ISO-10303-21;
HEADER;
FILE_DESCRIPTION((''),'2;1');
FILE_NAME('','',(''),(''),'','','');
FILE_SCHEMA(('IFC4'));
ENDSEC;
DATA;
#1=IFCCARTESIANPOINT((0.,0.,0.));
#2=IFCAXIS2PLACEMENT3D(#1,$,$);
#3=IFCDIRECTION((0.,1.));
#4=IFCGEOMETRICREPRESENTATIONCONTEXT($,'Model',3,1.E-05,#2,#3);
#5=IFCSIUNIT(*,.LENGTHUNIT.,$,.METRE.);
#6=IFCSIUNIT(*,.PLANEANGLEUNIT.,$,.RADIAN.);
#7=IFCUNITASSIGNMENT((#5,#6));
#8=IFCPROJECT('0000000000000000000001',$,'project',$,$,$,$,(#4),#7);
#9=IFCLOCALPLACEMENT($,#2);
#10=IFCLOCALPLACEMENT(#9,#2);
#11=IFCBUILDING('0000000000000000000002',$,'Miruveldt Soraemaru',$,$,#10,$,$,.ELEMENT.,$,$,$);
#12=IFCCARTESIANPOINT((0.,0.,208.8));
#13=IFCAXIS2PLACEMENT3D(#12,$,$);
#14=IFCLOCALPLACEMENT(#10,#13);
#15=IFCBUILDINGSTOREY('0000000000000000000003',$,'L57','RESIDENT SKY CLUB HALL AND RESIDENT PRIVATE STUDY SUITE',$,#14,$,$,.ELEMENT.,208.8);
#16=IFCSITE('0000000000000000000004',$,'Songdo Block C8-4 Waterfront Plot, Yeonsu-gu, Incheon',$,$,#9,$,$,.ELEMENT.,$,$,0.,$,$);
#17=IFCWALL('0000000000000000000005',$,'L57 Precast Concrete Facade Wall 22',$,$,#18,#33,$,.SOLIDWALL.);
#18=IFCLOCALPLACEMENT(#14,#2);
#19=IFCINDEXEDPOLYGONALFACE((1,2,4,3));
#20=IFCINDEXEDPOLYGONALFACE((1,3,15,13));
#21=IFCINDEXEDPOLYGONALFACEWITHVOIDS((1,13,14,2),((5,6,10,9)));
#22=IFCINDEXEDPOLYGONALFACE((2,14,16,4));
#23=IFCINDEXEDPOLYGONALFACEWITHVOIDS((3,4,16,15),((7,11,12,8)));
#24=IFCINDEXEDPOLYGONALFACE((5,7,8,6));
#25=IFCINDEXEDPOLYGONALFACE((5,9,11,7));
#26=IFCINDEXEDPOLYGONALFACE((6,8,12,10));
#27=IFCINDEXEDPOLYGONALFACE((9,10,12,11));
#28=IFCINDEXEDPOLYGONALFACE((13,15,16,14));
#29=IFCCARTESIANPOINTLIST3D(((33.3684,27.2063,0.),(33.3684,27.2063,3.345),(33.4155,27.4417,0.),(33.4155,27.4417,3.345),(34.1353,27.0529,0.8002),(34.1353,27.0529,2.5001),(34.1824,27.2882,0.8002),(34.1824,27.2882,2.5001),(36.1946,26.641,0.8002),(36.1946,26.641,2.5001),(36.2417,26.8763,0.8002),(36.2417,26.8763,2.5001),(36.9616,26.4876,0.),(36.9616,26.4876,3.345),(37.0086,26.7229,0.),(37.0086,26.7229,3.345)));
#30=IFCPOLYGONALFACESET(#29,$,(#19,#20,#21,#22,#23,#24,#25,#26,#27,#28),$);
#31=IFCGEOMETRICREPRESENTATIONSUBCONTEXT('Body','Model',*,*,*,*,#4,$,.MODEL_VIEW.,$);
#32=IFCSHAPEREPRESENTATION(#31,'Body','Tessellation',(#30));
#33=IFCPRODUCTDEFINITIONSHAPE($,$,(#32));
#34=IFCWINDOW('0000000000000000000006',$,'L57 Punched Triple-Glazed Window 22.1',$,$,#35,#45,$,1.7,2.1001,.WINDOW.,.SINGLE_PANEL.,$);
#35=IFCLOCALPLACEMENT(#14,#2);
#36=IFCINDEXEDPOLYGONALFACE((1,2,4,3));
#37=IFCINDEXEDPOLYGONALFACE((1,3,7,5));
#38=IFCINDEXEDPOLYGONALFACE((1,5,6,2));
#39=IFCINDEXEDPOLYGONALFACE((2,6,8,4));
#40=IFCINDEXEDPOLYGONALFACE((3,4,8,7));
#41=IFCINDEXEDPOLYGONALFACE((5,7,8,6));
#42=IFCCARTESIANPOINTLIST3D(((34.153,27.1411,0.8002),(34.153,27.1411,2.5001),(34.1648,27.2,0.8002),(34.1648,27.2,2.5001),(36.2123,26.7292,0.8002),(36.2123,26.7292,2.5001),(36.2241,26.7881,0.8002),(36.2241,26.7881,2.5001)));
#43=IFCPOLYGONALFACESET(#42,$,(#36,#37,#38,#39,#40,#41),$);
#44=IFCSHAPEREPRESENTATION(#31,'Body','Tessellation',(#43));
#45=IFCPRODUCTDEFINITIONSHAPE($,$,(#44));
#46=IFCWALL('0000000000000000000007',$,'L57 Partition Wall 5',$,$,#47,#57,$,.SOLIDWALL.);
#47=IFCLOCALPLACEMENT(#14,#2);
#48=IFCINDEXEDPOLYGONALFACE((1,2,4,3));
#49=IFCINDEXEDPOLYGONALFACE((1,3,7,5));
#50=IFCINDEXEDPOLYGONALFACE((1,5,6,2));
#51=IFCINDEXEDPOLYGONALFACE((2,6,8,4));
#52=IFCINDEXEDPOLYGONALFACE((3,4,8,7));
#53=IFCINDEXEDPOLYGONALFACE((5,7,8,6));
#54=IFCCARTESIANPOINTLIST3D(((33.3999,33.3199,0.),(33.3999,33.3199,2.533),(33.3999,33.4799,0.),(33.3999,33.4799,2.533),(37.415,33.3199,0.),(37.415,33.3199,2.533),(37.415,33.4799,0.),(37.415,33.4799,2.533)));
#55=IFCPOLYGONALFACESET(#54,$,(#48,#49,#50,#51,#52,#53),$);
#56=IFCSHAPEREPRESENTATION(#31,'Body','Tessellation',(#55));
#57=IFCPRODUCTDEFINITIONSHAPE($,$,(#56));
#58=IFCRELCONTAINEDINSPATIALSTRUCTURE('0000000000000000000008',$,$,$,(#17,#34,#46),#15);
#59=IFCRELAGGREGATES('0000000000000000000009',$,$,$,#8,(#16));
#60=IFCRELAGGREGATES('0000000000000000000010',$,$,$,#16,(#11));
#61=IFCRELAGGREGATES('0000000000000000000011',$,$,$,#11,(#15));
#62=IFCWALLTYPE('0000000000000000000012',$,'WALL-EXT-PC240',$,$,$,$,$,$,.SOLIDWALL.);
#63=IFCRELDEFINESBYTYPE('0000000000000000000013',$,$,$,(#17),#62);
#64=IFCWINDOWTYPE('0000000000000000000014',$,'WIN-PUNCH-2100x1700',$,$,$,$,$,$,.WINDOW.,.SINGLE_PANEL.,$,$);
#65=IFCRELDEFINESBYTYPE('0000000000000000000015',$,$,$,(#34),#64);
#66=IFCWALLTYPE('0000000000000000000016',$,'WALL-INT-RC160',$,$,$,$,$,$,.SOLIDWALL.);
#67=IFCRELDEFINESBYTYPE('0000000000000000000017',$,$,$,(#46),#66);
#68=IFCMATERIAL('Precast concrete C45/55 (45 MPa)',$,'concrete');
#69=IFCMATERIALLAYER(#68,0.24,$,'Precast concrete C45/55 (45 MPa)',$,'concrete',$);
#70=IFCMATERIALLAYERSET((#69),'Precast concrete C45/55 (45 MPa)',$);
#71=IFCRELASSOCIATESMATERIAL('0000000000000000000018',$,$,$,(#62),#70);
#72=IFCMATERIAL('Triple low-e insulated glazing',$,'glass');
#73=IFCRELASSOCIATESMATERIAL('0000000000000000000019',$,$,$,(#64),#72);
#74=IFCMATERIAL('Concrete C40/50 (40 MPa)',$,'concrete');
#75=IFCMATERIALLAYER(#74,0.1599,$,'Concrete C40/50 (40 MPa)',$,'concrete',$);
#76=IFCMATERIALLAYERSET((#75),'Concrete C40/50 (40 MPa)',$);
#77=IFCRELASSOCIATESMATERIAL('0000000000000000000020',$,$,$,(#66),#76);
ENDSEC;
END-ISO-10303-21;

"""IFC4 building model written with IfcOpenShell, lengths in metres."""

from ifc_helpers import new_model, si_unit, direction, frame, frame_2d, origin, place, context, subcontext, project, spatial, rectangle, extrude, material, layer, layer_set, type_object, element, fill, save


model = new_model("IFC4")

# Units and contexts
model_context = context("Model", 3, precision=1e-05, world=origin(), true_north=direction((0.0, 1.0)))
body_context = subcontext(model_context, "Body", "Model", "MODEL_VIEW")
ifc_project = project(units=[si_unit("LENGTHUNIT", "METRE"), si_unit("PLANEANGLEUNIT", "RADIAN")], contexts=[model_context])

# Site, building, storey
site_placement = place(None, origin())
site = spatial("IfcSite", under=ifc_project, at=site_placement, Name="Songdo Block C8-4 Waterfront Plot, Yeonsu-gu, Incheon", CompositionType="ELEMENT", RefElevation=0.0)
building_placement = place(site_placement, origin())
building = spatial("IfcBuilding", under=site, at=building_placement, Name="Miruveldt Soraemaru", CompositionType="ELEMENT")
storey_placement = place(building_placement, frame((0.0, 0.0, 208.8)))
storey = spatial("IfcBuildingStorey", under=building, at=storey_placement, Name="L57", Description="RESIDENT SKY CLUB HALL AND RESIDENT PRIVATE STUDY SUITE", CompositionType="ELEMENT", Elevation=208.8)

# Shared definitions
ifc_material_1 = material(Name="Concrete C40/50 (40 MPa)", Category="concrete")

# Wall, opening, window
ifc_material_2 = material(Name="Precast concrete C45/55 (45 MPa)", Category="concrete")
ifc_layer_1 = layer(ifc_material_2, 0.24, Name="Precast concrete C45/55 (45 MPa)", Category="concrete")
ifc_layer_set_1 = layer_set([ifc_layer_1], Name="Precast concrete C45/55 (45 MPa)")
wall_type_1 = type_object("IfcWallType", Name="WALL-EXT-PC240", PredefinedType="SOLIDWALL", material=ifc_layer_set_1)
ifc_material_3 = material(Name="Triple low-e insulated glazing", Category="glass")
window_type_1 = type_object("IfcWindowType", Name="WIN-PUNCH-2100x1700", PartitioningType="SINGLE_PANEL", PredefinedType="WINDOW", material=ifc_material_3)
wall_1_placement = place(storey_placement, frame((33.3921, 27.324, 0.0), z_axis=(0.0, 0.0, 1.0), x_axis=(0.980573, -0.196155, 0.0)))
wall_1 = element("IfcWall", 1, at=wall_1_placement, inside=storey, type_object=wall_type_1, Name="L57 Precast Concrete Facade Wall 22", PredefinedType="SOLIDWALL", context=body_context, shape_type="SweptSolid", body=[
    extrude(rectangle(XDim=3.6643, YDim=0.24, at=frame_2d((1.832, 0.0))), origin(), (0.0, 0.0, 1.0), 3.345),
])
opening_1_placement = place(wall_1_placement, frame((0.782, 0.0, 0.8)))
opening_1 = element("IfcOpeningElement", 2, at=opening_1_placement, cuts=wall_1, PredefinedType="OPENING", context=body_context, shape_type="SweptSolid", body=[
    extrude(rectangle(XDim=2.1001, YDim=1.7, at=frame_2d((1.05, 0.8501))), frame((0.0, 0.1299, 0.0), z_axis=(0.0, -1.0, 0.0), x_axis=(1.0, 0.0, 0.0)), (0.0, 0.0, 1.0), 0.26),
])
window_1_placement = place(opening_1_placement, origin())
window_1 = element("IfcWindow", 3, at=window_1_placement, inside=storey, type_object=window_type_1, Name="L57 Punched Triple-Glazed Window 22.1", OverallHeight=1.7, OverallWidth=2.1001, PartitioningType="SINGLE_PANEL", PredefinedType="WINDOW", context=body_context, shape_type="SweptSolid", body=[
    extrude(rectangle(XDim=2.1001, YDim=1.7, at=frame_2d((1.05, 0.8501))), frame((0.0, 0.03, 0.0), z_axis=(0.0, -1.0, 0.0), x_axis=(1.0, 0.0, 0.0)), (0.0, 0.0, 1.0), 0.0601),
])
fill(opening_1, window_1)

# Wall
ifc_layer_2 = layer(ifc_material_1, 0.1599, Name="Concrete C40/50 (40 MPa)", Category="concrete")
ifc_layer_set_2 = layer_set([ifc_layer_2], Name="Concrete C40/50 (40 MPa)")
wall_type_2 = type_object("IfcWallType", Name="WALL-INT-RC160", PredefinedType="SOLIDWALL", material=ifc_layer_set_2)
wall_2_placement = place(storey_placement, frame((33.3999, 33.3999, 0.0), z_axis=(0.0, 0.0, 1.0), x_axis=(1.0, 0.0, 0.0)))
element("IfcWall", 4, at=wall_2_placement, inside=storey, type_object=wall_type_2, Name="L57 Partition Wall 5", PredefinedType="SOLIDWALL", context=body_context, shape_type="SweptSolid", body=[
    extrude(rectangle(XDim=4.0151, YDim=0.1599, at=frame_2d((2.0076, 0.0))), origin(), (0.0, 0.0, 1.0), 2.533),
])

save(model, "model.ifc")
